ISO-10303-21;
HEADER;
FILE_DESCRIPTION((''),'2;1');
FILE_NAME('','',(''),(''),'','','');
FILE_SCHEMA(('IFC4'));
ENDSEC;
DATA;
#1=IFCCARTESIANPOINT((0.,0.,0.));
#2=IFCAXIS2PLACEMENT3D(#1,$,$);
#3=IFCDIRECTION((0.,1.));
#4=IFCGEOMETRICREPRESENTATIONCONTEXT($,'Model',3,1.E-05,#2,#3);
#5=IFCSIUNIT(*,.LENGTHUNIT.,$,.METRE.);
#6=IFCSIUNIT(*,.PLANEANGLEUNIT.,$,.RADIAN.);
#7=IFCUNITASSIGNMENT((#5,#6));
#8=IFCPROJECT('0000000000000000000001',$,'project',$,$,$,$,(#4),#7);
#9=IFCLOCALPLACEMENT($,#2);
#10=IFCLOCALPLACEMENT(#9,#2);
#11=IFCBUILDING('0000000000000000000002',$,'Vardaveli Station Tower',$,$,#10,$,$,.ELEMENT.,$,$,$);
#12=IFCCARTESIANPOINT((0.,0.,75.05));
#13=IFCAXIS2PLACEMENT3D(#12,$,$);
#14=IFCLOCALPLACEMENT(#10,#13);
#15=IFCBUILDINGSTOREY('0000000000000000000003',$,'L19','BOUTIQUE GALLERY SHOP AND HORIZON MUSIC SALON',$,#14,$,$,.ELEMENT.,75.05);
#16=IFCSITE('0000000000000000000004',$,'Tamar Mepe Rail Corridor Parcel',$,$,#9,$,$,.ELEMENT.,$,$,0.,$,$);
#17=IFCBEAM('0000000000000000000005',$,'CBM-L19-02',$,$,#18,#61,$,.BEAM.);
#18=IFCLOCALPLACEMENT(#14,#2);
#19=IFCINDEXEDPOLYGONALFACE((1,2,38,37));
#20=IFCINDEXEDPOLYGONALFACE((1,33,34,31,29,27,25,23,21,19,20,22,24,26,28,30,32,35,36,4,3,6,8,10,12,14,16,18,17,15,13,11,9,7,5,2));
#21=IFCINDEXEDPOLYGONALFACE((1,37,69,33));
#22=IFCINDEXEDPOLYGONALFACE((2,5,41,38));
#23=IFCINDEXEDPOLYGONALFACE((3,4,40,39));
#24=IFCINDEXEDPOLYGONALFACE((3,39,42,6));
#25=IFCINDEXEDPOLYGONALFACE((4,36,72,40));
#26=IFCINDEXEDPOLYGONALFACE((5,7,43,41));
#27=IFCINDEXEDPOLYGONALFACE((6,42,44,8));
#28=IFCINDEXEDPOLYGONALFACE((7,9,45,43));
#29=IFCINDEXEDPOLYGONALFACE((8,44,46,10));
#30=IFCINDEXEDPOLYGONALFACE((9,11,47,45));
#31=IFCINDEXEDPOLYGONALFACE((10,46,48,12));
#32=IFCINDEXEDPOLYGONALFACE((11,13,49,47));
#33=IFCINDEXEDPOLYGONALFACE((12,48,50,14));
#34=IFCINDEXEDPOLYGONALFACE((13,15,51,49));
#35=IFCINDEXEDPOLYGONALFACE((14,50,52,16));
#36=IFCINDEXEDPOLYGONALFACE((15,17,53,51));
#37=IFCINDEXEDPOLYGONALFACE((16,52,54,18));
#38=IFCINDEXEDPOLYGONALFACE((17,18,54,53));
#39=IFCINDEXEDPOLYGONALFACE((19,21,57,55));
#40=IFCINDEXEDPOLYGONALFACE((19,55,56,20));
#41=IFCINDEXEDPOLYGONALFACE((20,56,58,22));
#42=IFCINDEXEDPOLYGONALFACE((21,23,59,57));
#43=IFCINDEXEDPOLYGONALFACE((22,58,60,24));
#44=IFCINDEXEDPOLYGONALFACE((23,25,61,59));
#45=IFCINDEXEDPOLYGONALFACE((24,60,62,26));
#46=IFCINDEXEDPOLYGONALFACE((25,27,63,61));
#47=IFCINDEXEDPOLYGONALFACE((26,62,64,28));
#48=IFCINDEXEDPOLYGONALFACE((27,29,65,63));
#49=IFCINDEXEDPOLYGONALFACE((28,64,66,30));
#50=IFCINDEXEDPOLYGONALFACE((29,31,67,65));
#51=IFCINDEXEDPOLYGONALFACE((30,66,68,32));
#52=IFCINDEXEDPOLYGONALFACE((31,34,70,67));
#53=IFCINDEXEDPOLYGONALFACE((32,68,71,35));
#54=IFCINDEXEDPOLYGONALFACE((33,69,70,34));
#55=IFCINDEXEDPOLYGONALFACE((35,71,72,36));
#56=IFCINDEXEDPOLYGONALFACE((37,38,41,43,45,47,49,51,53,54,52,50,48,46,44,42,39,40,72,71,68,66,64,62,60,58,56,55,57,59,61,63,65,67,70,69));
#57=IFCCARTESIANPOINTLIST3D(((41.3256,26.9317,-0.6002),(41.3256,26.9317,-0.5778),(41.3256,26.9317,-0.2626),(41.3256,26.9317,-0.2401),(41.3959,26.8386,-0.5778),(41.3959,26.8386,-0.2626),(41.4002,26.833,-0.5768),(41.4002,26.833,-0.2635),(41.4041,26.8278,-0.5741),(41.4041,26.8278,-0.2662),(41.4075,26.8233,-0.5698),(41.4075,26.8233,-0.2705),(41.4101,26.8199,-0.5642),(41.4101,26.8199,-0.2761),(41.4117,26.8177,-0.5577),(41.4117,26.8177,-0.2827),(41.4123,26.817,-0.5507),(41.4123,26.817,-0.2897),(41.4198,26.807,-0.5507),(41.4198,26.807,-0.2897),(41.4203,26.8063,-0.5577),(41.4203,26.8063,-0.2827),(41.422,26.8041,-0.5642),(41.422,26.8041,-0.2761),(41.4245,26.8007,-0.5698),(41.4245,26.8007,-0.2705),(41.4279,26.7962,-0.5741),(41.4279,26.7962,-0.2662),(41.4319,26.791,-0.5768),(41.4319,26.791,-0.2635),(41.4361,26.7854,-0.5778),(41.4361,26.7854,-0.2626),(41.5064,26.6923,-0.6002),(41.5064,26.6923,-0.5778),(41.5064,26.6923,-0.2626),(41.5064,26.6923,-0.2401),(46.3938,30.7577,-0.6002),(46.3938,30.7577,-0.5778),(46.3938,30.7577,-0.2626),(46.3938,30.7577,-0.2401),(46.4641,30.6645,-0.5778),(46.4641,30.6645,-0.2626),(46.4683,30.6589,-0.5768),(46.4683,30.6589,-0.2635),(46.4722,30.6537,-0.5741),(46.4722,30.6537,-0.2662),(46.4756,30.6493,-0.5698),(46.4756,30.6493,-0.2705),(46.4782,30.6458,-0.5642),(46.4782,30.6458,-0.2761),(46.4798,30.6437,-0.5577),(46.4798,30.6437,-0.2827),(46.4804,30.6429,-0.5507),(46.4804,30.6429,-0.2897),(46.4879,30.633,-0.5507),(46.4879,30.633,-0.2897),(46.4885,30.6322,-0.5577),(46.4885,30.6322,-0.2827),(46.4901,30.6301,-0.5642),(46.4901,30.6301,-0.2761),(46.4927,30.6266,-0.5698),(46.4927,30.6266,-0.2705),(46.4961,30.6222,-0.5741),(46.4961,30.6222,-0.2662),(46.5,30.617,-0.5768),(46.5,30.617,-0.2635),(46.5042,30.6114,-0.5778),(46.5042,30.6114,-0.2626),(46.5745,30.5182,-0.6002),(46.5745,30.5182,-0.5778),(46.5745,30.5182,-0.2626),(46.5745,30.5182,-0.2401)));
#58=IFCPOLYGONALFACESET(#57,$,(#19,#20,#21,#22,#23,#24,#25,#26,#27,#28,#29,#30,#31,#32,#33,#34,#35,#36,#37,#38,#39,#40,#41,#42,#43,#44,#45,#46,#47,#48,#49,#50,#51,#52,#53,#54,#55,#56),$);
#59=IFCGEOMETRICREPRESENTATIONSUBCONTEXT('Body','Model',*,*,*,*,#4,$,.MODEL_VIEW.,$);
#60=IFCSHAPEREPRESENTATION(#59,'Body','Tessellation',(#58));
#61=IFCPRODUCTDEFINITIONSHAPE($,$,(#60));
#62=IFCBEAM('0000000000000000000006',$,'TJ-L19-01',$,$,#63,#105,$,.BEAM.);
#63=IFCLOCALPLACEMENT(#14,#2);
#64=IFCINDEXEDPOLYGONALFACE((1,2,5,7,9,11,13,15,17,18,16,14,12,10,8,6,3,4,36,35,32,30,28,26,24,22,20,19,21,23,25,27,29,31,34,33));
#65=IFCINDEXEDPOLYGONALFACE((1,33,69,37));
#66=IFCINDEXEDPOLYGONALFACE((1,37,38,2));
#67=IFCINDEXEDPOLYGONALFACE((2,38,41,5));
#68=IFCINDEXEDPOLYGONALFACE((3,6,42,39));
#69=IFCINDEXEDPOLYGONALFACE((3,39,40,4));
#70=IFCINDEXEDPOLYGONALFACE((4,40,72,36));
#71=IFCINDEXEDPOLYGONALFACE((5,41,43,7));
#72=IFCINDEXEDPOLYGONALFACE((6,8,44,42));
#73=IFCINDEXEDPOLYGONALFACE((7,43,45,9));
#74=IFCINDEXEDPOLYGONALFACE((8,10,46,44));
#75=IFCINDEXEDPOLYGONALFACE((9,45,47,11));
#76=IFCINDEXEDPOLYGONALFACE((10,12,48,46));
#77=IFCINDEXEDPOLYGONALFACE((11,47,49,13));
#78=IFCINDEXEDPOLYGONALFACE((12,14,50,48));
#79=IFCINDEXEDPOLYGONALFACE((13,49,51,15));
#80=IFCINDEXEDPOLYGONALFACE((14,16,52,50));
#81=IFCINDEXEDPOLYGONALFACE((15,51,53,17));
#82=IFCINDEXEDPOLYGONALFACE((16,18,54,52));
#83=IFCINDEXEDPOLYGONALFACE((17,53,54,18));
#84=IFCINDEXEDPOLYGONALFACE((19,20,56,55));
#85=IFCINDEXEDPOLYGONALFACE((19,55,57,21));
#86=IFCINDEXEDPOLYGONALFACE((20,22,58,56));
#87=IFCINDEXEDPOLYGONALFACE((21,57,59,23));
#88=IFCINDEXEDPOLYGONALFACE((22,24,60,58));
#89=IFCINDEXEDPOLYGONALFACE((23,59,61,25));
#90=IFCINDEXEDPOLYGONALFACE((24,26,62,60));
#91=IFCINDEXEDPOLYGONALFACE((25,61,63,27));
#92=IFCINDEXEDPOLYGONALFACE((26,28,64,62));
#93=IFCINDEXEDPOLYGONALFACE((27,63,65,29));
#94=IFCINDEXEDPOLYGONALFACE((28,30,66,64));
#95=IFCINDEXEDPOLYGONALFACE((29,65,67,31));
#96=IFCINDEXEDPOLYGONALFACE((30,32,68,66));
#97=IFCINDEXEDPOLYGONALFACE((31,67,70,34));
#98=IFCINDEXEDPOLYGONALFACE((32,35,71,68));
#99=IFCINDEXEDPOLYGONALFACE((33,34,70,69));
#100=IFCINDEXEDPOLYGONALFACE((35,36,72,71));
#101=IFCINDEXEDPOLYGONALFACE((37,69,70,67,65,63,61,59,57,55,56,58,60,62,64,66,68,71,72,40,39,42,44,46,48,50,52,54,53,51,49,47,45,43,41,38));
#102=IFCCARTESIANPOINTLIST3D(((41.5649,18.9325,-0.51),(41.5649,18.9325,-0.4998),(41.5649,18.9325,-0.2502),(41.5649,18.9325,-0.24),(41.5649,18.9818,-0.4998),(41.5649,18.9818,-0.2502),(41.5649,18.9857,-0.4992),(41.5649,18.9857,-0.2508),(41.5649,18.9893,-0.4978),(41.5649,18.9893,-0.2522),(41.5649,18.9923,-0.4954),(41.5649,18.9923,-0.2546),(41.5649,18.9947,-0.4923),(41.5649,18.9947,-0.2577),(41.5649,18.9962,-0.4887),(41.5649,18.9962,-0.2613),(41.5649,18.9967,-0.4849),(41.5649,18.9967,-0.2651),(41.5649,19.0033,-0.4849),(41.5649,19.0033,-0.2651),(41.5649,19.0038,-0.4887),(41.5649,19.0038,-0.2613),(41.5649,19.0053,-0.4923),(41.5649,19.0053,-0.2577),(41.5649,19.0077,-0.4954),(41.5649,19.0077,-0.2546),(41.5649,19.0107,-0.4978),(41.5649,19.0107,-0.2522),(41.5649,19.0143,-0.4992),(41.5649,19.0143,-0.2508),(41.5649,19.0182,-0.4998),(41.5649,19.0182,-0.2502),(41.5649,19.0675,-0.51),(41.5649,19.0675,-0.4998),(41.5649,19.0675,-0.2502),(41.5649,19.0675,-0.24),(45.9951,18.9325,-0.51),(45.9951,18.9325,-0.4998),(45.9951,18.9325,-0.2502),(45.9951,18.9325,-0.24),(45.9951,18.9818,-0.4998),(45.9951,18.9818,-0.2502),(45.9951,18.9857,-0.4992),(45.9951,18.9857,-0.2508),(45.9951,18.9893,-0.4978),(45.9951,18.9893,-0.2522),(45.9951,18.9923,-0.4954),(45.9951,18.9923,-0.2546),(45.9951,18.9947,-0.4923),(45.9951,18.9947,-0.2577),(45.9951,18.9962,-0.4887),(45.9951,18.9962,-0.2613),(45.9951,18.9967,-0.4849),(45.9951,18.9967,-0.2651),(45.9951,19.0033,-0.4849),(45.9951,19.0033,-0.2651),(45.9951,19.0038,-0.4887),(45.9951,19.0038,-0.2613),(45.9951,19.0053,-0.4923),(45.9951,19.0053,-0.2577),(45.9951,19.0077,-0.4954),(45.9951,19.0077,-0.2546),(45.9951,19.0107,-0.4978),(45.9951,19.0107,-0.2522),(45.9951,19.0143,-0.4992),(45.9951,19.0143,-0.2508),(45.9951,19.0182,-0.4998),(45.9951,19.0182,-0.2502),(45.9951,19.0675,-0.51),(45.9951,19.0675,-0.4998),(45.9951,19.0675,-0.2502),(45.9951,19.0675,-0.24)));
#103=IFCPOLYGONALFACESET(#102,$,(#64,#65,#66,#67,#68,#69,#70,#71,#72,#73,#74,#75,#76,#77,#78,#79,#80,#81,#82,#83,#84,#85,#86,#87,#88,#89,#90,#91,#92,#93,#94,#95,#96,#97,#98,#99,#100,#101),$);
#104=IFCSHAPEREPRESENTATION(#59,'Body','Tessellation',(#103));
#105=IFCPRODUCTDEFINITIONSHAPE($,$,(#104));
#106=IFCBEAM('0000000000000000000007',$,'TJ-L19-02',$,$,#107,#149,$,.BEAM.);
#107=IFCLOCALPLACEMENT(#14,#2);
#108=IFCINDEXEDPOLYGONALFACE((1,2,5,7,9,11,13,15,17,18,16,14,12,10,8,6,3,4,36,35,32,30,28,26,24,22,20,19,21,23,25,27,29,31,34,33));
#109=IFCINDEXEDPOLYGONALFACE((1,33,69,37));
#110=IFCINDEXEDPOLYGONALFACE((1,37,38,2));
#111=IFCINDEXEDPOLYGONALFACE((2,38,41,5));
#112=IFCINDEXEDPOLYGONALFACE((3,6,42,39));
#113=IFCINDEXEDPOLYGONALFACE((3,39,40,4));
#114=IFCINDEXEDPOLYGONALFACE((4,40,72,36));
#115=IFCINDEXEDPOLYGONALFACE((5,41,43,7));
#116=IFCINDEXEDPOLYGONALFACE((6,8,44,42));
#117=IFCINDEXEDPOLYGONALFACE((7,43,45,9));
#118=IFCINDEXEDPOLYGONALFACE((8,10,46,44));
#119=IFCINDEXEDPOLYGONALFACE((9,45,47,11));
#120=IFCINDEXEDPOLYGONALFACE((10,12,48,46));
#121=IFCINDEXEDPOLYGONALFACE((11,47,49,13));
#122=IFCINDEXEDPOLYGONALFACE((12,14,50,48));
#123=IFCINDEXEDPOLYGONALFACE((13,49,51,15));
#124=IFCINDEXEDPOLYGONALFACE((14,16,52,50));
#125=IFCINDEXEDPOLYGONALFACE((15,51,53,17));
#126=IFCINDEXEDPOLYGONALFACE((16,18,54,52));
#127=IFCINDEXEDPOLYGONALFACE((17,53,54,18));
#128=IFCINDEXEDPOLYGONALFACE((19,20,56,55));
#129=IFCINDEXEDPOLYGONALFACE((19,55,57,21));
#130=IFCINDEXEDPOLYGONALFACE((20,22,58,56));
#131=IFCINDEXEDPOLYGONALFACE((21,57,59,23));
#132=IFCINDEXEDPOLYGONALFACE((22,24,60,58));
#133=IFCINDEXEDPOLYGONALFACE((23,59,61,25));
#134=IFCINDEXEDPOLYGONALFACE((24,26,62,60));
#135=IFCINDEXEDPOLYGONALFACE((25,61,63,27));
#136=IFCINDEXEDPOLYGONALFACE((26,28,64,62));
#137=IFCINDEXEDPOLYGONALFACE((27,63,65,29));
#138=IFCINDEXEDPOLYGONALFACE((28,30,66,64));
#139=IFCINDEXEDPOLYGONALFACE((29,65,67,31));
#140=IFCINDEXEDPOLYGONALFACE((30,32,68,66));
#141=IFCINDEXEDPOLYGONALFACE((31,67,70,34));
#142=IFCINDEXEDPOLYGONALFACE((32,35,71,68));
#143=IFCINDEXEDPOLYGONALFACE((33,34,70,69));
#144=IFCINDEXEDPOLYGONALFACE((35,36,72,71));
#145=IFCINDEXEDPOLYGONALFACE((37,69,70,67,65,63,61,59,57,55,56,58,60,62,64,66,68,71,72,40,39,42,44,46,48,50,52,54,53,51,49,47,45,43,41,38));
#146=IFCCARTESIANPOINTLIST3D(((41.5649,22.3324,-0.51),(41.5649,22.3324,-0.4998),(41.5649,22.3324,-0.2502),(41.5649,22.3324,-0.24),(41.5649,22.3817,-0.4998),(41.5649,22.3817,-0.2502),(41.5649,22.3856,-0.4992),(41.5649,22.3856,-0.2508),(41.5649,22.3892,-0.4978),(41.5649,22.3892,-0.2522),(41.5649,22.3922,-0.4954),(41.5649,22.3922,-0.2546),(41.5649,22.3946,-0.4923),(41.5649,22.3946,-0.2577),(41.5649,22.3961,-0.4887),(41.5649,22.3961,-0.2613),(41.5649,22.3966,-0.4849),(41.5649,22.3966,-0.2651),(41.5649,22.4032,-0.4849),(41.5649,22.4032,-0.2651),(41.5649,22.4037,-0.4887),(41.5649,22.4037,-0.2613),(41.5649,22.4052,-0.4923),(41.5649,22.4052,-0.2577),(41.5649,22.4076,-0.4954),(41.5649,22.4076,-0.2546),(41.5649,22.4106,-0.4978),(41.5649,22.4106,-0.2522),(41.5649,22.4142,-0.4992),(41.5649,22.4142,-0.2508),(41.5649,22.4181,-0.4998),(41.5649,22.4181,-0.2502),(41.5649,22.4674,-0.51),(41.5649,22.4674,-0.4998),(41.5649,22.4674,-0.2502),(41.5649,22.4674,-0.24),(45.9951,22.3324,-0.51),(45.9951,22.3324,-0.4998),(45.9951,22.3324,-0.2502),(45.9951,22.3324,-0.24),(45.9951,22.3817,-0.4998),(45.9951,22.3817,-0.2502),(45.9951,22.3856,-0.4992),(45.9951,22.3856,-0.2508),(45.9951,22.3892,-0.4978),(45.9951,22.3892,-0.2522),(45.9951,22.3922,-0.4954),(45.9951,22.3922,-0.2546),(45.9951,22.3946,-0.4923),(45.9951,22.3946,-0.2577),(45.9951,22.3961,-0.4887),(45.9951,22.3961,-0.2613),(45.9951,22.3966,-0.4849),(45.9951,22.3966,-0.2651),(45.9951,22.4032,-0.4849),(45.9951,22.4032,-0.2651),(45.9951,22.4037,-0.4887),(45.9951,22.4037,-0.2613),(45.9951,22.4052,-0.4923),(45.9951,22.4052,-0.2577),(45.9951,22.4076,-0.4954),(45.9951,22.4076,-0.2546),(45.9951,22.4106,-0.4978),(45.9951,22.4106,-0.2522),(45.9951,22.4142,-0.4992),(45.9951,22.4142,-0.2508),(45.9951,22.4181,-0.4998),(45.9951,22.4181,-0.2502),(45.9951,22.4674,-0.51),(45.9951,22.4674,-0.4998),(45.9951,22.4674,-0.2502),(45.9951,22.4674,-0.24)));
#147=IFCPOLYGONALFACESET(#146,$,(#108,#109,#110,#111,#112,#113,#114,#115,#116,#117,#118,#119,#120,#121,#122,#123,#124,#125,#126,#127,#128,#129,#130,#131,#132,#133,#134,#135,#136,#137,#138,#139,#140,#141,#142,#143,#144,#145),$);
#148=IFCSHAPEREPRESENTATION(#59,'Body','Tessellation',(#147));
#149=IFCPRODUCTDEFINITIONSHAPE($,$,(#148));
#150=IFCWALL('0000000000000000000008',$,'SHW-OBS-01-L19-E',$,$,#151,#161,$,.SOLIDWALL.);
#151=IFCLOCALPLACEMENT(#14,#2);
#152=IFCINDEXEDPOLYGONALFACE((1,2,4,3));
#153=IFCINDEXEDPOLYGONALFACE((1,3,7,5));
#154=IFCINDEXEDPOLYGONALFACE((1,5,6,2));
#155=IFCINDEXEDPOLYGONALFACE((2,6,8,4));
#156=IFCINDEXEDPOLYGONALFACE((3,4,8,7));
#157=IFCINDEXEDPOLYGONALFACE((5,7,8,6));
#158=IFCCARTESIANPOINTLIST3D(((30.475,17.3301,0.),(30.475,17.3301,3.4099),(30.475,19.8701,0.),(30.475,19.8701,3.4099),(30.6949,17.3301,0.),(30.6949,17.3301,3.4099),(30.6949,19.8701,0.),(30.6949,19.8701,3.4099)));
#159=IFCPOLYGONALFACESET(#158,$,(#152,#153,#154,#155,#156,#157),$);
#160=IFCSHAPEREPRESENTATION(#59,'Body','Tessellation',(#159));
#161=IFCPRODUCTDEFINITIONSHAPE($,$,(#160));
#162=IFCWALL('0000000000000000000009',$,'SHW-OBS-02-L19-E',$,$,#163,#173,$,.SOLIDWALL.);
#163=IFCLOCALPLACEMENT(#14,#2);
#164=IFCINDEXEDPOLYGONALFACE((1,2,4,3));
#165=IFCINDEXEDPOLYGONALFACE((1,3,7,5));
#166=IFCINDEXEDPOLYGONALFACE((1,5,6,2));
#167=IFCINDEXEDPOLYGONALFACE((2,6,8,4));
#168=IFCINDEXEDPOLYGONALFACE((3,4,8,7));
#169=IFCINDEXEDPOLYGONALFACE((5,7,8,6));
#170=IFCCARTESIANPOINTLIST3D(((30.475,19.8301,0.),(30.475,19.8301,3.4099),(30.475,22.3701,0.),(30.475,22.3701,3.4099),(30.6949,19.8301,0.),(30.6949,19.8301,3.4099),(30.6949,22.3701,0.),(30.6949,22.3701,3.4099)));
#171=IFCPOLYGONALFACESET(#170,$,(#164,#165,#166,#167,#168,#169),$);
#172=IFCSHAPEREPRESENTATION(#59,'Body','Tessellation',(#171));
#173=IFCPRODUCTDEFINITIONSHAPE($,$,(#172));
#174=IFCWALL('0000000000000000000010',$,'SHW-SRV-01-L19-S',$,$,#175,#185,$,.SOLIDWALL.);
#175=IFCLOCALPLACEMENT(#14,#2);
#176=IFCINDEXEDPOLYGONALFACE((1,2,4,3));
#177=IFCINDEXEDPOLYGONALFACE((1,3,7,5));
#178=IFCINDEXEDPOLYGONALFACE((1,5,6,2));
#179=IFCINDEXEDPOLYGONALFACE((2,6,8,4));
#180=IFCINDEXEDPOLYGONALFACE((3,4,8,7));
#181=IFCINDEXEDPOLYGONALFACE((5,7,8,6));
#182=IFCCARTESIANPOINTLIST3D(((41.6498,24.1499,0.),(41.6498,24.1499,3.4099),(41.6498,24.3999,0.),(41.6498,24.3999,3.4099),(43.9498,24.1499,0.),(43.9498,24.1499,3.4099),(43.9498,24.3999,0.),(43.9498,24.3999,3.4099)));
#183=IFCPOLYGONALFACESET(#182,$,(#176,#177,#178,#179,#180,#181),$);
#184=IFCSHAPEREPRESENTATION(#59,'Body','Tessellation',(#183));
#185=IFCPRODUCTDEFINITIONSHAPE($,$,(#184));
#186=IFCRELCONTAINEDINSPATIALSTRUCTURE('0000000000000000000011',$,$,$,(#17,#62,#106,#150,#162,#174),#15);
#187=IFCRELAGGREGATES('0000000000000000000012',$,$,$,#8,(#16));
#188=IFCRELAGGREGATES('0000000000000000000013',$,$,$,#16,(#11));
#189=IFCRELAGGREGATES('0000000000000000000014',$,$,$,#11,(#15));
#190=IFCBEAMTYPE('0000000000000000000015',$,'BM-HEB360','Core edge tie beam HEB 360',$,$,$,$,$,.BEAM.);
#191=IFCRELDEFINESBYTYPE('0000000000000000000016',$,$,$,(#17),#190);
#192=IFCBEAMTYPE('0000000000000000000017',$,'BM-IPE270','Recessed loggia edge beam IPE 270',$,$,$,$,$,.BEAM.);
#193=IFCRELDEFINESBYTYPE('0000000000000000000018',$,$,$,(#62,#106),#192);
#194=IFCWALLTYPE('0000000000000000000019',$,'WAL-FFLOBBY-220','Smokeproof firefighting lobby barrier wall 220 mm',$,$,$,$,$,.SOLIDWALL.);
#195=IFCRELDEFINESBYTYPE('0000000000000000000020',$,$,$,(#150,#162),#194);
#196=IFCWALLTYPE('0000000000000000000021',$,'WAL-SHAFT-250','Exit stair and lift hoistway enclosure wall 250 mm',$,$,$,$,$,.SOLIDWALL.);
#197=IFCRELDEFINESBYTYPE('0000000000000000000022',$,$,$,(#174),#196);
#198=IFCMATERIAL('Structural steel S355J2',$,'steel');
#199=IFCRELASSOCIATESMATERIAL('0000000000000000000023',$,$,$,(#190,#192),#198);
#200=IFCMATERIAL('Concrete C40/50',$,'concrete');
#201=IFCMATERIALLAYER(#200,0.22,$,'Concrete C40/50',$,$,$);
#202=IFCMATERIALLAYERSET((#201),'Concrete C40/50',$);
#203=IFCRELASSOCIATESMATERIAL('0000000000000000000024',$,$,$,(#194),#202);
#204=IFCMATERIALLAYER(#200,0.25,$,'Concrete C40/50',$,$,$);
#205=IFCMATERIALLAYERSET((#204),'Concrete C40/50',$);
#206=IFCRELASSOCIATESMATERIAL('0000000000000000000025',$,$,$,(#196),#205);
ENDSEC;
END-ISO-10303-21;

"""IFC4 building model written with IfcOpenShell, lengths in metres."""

from ifc_helpers import new_model, si_unit, direction, frame, frame_2d, origin, origin_2d, place, context, subcontext, project, spatial, rectangle, i_section, extrude, source, transform, mapped, material, layer, layer_set, material_profile, profile_set, type_object, element, save


model = new_model("IFC4")

# Units and contexts
model_context = context("Model", 3, precision=1e-05, world=origin(), true_north=direction((0.0, 1.0)))
body_context = subcontext(model_context, "Body", "Model", "MODEL_VIEW")
ifc_project = project(units=[si_unit("LENGTHUNIT", "METRE"), si_unit("PLANEANGLEUNIT", "RADIAN")], contexts=[model_context])

# Site, building, storey
site_placement = place(None, origin())
site = spatial("IfcSite", under=ifc_project, at=site_placement, Name="Tamar Mepe Rail Corridor Parcel", CompositionType="ELEMENT", RefElevation=0.0)
building_placement = place(site_placement, origin())
building = spatial("IfcBuilding", under=site, at=building_placement, Name="Vardaveli Station Tower", CompositionType="ELEMENT")
storey_placement = place(building_placement, frame((0.0, 0.0, 75.05)))
storey = spatial("IfcBuildingStorey", under=building, at=storey_placement, Name="L19", Description="BOUTIQUE GALLERY SHOP AND HORIZON MUSIC SALON", CompositionType="ELEMENT", Elevation=75.05)

# Beams
ifc_material_1 = material(Name="Structural steel S355J2", Category="steel")
ifc_material_profile_1 = material_profile(ifc_material_1, i_section(OverallWidth=0.3, OverallDepth=0.3601, WebThickness=0.0125, FlangeThickness=0.0225, FilletRadius=0.0271, at=origin_2d()), Name="HEB 360")
ifc_profile_set_1 = profile_set([ifc_material_profile_1], Name="Structural steel S355J2")
beam_type_1 = type_object("IfcBeamType", Name="BM-HEB360", Description="Core edge tie beam HEB 360", PredefinedType="BEAM", material=ifc_profile_set_1)
shared_shape_1 = source(origin(), body_context, "Body", "SweptSolid", [
    extrude(i_section(OverallWidth=0.3, OverallDepth=0.3601, WebThickness=0.0125, FlangeThickness=0.0225, FilletRadius=0.0271, at=origin_2d()), origin(), (0.0, 0.0, 1.0), 6.3501),
])
beam_1_placement = place(storey_placement, frame((41.416, 26.812, -0.4202), z_axis=(0.798118, 0.602501, 0.0), x_axis=(-0.602501, 0.798118, 0.0)))
element("IfcBeam", 1, at=beam_1_placement, inside=storey, type_object=beam_type_1, Name="CBM-L19-02", PredefinedType="BEAM", context=body_context, shape_type="MappedRepresentation", body=[
    mapped(shared_shape_1, transform((0.0, 0.0, 0.0), scale=1.0)),
])
ifc_material_profile_2 = material_profile(ifc_material_1, i_section(OverallWidth=0.135, OverallDepth=0.27, WebThickness=0.0066, FlangeThickness=0.0103, FilletRadius=0.0149, at=origin_2d()), Name="IPE 270")
ifc_profile_set_2 = profile_set([ifc_material_profile_2], Name="Structural steel S355J2")
beam_type_2 = type_object("IfcBeamType", Name="BM-IPE270", Description="Recessed loggia edge beam IPE 270", PredefinedType="BEAM", material=ifc_profile_set_2)
shared_shape_2 = source(origin(), body_context, "Body", "SweptSolid", [
    extrude(i_section(OverallWidth=0.135, OverallDepth=0.27, WebThickness=0.0066, FlangeThickness=0.0103, FilletRadius=0.0149, at=origin_2d()), origin(), (0.0, 0.0, 1.0), 4.4302),
])
for number, where, z_axis, x_axis, name in (
    (2, (41.5649, 19.0, -0.375), (1.0, 0.0, 0.0), (0.0, 1.0, 0.0), "TJ-L19-01"),
    (3, (41.5649, 22.3999, -0.375), (1.0, 0.0, 0.0), (0.0, 1.0, 0.0), "TJ-L19-02"),
):
    element("IfcBeam", number, at=place(storey_placement, frame(where, z_axis=z_axis, x_axis=x_axis)), inside=storey, type_object=beam_type_2, Name=name, PredefinedType="BEAM", context=body_context, shape_type="MappedRepresentation", body=[
        mapped(shared_shape_2, transform((0.0, 0.0, 0.0), scale=1.0)),
    ])

# Walls
ifc_material_2 = material(Name="Concrete C40/50", Category="concrete")
ifc_layer_1 = layer(ifc_material_2, 0.22, Name="Concrete C40/50")
ifc_layer_set_1 = layer_set([ifc_layer_1], Name="Concrete C40/50")
wall_type_1 = type_object("IfcWallType", Name="WAL-FFLOBBY-220", Description="Smokeproof firefighting lobby barrier wall 220 mm", PredefinedType="SOLIDWALL", material=ifc_layer_set_1)
shared_shape_3 = source(origin(), body_context, "Body", "SweptSolid", [
    extrude(rectangle(XDim=2.54, YDim=0.22, at=frame_2d((1.27, 0.0))), origin(), (0.0, 0.0, 1.0), 3.4099),
])
for number, where, z_axis, x_axis, name in (
    (4, (30.585, 17.3301, 0.0), (0.0, 0.0, 1.0), (0.0, 1.0, 0.0), "SHW-OBS-01-L19-E"),
    (5, (30.585, 19.8301, 0.0), (0.0, 0.0, 1.0), (0.0, 1.0, 0.0), "SHW-OBS-02-L19-E"),
):
    element("IfcWall", number, at=place(storey_placement, frame(where, z_axis=z_axis, x_axis=x_axis)), inside=storey, type_object=wall_type_1, Name=name, PredefinedType="SOLIDWALL", context=body_context, shape_type="MappedRepresentation", body=[
        mapped(shared_shape_3, transform((0.0, 0.0, 0.0), scale=1.0)),
    ])
ifc_layer_2 = layer(ifc_material_2, 0.25, Name="Concrete C40/50")
ifc_layer_set_2 = layer_set([ifc_layer_2], Name="Concrete C40/50")
wall_type_2 = type_object("IfcWallType", Name="WAL-SHAFT-250", Description="Exit stair and lift hoistway enclosure wall 250 mm", PredefinedType="SOLIDWALL", material=ifc_layer_set_2)
shared_shape_4 = source(origin(), body_context, "Body", "SweptSolid", [
    extrude(rectangle(XDim=2.3, YDim=0.25, at=frame_2d((1.1499, 0.0))), origin(), (0.0, 0.0, 1.0), 3.4099),
])
wall_1_placement = place(storey_placement, frame((41.6499, 24.2749, 0.0), z_axis=(0.0, 0.0, 1.0), x_axis=(1.0, 0.0, 0.0)))
element("IfcWall", 6, at=wall_1_placement, inside=storey, type_object=wall_type_2, Name="SHW-SRV-01-L19-S", PredefinedType="SOLIDWALL", context=body_context, shape_type="MappedRepresentation", body=[
    mapped(shared_shape_4, transform((0.0, 0.0, 0.0), scale=1.0)),
])

save(model, "model.ifc")
